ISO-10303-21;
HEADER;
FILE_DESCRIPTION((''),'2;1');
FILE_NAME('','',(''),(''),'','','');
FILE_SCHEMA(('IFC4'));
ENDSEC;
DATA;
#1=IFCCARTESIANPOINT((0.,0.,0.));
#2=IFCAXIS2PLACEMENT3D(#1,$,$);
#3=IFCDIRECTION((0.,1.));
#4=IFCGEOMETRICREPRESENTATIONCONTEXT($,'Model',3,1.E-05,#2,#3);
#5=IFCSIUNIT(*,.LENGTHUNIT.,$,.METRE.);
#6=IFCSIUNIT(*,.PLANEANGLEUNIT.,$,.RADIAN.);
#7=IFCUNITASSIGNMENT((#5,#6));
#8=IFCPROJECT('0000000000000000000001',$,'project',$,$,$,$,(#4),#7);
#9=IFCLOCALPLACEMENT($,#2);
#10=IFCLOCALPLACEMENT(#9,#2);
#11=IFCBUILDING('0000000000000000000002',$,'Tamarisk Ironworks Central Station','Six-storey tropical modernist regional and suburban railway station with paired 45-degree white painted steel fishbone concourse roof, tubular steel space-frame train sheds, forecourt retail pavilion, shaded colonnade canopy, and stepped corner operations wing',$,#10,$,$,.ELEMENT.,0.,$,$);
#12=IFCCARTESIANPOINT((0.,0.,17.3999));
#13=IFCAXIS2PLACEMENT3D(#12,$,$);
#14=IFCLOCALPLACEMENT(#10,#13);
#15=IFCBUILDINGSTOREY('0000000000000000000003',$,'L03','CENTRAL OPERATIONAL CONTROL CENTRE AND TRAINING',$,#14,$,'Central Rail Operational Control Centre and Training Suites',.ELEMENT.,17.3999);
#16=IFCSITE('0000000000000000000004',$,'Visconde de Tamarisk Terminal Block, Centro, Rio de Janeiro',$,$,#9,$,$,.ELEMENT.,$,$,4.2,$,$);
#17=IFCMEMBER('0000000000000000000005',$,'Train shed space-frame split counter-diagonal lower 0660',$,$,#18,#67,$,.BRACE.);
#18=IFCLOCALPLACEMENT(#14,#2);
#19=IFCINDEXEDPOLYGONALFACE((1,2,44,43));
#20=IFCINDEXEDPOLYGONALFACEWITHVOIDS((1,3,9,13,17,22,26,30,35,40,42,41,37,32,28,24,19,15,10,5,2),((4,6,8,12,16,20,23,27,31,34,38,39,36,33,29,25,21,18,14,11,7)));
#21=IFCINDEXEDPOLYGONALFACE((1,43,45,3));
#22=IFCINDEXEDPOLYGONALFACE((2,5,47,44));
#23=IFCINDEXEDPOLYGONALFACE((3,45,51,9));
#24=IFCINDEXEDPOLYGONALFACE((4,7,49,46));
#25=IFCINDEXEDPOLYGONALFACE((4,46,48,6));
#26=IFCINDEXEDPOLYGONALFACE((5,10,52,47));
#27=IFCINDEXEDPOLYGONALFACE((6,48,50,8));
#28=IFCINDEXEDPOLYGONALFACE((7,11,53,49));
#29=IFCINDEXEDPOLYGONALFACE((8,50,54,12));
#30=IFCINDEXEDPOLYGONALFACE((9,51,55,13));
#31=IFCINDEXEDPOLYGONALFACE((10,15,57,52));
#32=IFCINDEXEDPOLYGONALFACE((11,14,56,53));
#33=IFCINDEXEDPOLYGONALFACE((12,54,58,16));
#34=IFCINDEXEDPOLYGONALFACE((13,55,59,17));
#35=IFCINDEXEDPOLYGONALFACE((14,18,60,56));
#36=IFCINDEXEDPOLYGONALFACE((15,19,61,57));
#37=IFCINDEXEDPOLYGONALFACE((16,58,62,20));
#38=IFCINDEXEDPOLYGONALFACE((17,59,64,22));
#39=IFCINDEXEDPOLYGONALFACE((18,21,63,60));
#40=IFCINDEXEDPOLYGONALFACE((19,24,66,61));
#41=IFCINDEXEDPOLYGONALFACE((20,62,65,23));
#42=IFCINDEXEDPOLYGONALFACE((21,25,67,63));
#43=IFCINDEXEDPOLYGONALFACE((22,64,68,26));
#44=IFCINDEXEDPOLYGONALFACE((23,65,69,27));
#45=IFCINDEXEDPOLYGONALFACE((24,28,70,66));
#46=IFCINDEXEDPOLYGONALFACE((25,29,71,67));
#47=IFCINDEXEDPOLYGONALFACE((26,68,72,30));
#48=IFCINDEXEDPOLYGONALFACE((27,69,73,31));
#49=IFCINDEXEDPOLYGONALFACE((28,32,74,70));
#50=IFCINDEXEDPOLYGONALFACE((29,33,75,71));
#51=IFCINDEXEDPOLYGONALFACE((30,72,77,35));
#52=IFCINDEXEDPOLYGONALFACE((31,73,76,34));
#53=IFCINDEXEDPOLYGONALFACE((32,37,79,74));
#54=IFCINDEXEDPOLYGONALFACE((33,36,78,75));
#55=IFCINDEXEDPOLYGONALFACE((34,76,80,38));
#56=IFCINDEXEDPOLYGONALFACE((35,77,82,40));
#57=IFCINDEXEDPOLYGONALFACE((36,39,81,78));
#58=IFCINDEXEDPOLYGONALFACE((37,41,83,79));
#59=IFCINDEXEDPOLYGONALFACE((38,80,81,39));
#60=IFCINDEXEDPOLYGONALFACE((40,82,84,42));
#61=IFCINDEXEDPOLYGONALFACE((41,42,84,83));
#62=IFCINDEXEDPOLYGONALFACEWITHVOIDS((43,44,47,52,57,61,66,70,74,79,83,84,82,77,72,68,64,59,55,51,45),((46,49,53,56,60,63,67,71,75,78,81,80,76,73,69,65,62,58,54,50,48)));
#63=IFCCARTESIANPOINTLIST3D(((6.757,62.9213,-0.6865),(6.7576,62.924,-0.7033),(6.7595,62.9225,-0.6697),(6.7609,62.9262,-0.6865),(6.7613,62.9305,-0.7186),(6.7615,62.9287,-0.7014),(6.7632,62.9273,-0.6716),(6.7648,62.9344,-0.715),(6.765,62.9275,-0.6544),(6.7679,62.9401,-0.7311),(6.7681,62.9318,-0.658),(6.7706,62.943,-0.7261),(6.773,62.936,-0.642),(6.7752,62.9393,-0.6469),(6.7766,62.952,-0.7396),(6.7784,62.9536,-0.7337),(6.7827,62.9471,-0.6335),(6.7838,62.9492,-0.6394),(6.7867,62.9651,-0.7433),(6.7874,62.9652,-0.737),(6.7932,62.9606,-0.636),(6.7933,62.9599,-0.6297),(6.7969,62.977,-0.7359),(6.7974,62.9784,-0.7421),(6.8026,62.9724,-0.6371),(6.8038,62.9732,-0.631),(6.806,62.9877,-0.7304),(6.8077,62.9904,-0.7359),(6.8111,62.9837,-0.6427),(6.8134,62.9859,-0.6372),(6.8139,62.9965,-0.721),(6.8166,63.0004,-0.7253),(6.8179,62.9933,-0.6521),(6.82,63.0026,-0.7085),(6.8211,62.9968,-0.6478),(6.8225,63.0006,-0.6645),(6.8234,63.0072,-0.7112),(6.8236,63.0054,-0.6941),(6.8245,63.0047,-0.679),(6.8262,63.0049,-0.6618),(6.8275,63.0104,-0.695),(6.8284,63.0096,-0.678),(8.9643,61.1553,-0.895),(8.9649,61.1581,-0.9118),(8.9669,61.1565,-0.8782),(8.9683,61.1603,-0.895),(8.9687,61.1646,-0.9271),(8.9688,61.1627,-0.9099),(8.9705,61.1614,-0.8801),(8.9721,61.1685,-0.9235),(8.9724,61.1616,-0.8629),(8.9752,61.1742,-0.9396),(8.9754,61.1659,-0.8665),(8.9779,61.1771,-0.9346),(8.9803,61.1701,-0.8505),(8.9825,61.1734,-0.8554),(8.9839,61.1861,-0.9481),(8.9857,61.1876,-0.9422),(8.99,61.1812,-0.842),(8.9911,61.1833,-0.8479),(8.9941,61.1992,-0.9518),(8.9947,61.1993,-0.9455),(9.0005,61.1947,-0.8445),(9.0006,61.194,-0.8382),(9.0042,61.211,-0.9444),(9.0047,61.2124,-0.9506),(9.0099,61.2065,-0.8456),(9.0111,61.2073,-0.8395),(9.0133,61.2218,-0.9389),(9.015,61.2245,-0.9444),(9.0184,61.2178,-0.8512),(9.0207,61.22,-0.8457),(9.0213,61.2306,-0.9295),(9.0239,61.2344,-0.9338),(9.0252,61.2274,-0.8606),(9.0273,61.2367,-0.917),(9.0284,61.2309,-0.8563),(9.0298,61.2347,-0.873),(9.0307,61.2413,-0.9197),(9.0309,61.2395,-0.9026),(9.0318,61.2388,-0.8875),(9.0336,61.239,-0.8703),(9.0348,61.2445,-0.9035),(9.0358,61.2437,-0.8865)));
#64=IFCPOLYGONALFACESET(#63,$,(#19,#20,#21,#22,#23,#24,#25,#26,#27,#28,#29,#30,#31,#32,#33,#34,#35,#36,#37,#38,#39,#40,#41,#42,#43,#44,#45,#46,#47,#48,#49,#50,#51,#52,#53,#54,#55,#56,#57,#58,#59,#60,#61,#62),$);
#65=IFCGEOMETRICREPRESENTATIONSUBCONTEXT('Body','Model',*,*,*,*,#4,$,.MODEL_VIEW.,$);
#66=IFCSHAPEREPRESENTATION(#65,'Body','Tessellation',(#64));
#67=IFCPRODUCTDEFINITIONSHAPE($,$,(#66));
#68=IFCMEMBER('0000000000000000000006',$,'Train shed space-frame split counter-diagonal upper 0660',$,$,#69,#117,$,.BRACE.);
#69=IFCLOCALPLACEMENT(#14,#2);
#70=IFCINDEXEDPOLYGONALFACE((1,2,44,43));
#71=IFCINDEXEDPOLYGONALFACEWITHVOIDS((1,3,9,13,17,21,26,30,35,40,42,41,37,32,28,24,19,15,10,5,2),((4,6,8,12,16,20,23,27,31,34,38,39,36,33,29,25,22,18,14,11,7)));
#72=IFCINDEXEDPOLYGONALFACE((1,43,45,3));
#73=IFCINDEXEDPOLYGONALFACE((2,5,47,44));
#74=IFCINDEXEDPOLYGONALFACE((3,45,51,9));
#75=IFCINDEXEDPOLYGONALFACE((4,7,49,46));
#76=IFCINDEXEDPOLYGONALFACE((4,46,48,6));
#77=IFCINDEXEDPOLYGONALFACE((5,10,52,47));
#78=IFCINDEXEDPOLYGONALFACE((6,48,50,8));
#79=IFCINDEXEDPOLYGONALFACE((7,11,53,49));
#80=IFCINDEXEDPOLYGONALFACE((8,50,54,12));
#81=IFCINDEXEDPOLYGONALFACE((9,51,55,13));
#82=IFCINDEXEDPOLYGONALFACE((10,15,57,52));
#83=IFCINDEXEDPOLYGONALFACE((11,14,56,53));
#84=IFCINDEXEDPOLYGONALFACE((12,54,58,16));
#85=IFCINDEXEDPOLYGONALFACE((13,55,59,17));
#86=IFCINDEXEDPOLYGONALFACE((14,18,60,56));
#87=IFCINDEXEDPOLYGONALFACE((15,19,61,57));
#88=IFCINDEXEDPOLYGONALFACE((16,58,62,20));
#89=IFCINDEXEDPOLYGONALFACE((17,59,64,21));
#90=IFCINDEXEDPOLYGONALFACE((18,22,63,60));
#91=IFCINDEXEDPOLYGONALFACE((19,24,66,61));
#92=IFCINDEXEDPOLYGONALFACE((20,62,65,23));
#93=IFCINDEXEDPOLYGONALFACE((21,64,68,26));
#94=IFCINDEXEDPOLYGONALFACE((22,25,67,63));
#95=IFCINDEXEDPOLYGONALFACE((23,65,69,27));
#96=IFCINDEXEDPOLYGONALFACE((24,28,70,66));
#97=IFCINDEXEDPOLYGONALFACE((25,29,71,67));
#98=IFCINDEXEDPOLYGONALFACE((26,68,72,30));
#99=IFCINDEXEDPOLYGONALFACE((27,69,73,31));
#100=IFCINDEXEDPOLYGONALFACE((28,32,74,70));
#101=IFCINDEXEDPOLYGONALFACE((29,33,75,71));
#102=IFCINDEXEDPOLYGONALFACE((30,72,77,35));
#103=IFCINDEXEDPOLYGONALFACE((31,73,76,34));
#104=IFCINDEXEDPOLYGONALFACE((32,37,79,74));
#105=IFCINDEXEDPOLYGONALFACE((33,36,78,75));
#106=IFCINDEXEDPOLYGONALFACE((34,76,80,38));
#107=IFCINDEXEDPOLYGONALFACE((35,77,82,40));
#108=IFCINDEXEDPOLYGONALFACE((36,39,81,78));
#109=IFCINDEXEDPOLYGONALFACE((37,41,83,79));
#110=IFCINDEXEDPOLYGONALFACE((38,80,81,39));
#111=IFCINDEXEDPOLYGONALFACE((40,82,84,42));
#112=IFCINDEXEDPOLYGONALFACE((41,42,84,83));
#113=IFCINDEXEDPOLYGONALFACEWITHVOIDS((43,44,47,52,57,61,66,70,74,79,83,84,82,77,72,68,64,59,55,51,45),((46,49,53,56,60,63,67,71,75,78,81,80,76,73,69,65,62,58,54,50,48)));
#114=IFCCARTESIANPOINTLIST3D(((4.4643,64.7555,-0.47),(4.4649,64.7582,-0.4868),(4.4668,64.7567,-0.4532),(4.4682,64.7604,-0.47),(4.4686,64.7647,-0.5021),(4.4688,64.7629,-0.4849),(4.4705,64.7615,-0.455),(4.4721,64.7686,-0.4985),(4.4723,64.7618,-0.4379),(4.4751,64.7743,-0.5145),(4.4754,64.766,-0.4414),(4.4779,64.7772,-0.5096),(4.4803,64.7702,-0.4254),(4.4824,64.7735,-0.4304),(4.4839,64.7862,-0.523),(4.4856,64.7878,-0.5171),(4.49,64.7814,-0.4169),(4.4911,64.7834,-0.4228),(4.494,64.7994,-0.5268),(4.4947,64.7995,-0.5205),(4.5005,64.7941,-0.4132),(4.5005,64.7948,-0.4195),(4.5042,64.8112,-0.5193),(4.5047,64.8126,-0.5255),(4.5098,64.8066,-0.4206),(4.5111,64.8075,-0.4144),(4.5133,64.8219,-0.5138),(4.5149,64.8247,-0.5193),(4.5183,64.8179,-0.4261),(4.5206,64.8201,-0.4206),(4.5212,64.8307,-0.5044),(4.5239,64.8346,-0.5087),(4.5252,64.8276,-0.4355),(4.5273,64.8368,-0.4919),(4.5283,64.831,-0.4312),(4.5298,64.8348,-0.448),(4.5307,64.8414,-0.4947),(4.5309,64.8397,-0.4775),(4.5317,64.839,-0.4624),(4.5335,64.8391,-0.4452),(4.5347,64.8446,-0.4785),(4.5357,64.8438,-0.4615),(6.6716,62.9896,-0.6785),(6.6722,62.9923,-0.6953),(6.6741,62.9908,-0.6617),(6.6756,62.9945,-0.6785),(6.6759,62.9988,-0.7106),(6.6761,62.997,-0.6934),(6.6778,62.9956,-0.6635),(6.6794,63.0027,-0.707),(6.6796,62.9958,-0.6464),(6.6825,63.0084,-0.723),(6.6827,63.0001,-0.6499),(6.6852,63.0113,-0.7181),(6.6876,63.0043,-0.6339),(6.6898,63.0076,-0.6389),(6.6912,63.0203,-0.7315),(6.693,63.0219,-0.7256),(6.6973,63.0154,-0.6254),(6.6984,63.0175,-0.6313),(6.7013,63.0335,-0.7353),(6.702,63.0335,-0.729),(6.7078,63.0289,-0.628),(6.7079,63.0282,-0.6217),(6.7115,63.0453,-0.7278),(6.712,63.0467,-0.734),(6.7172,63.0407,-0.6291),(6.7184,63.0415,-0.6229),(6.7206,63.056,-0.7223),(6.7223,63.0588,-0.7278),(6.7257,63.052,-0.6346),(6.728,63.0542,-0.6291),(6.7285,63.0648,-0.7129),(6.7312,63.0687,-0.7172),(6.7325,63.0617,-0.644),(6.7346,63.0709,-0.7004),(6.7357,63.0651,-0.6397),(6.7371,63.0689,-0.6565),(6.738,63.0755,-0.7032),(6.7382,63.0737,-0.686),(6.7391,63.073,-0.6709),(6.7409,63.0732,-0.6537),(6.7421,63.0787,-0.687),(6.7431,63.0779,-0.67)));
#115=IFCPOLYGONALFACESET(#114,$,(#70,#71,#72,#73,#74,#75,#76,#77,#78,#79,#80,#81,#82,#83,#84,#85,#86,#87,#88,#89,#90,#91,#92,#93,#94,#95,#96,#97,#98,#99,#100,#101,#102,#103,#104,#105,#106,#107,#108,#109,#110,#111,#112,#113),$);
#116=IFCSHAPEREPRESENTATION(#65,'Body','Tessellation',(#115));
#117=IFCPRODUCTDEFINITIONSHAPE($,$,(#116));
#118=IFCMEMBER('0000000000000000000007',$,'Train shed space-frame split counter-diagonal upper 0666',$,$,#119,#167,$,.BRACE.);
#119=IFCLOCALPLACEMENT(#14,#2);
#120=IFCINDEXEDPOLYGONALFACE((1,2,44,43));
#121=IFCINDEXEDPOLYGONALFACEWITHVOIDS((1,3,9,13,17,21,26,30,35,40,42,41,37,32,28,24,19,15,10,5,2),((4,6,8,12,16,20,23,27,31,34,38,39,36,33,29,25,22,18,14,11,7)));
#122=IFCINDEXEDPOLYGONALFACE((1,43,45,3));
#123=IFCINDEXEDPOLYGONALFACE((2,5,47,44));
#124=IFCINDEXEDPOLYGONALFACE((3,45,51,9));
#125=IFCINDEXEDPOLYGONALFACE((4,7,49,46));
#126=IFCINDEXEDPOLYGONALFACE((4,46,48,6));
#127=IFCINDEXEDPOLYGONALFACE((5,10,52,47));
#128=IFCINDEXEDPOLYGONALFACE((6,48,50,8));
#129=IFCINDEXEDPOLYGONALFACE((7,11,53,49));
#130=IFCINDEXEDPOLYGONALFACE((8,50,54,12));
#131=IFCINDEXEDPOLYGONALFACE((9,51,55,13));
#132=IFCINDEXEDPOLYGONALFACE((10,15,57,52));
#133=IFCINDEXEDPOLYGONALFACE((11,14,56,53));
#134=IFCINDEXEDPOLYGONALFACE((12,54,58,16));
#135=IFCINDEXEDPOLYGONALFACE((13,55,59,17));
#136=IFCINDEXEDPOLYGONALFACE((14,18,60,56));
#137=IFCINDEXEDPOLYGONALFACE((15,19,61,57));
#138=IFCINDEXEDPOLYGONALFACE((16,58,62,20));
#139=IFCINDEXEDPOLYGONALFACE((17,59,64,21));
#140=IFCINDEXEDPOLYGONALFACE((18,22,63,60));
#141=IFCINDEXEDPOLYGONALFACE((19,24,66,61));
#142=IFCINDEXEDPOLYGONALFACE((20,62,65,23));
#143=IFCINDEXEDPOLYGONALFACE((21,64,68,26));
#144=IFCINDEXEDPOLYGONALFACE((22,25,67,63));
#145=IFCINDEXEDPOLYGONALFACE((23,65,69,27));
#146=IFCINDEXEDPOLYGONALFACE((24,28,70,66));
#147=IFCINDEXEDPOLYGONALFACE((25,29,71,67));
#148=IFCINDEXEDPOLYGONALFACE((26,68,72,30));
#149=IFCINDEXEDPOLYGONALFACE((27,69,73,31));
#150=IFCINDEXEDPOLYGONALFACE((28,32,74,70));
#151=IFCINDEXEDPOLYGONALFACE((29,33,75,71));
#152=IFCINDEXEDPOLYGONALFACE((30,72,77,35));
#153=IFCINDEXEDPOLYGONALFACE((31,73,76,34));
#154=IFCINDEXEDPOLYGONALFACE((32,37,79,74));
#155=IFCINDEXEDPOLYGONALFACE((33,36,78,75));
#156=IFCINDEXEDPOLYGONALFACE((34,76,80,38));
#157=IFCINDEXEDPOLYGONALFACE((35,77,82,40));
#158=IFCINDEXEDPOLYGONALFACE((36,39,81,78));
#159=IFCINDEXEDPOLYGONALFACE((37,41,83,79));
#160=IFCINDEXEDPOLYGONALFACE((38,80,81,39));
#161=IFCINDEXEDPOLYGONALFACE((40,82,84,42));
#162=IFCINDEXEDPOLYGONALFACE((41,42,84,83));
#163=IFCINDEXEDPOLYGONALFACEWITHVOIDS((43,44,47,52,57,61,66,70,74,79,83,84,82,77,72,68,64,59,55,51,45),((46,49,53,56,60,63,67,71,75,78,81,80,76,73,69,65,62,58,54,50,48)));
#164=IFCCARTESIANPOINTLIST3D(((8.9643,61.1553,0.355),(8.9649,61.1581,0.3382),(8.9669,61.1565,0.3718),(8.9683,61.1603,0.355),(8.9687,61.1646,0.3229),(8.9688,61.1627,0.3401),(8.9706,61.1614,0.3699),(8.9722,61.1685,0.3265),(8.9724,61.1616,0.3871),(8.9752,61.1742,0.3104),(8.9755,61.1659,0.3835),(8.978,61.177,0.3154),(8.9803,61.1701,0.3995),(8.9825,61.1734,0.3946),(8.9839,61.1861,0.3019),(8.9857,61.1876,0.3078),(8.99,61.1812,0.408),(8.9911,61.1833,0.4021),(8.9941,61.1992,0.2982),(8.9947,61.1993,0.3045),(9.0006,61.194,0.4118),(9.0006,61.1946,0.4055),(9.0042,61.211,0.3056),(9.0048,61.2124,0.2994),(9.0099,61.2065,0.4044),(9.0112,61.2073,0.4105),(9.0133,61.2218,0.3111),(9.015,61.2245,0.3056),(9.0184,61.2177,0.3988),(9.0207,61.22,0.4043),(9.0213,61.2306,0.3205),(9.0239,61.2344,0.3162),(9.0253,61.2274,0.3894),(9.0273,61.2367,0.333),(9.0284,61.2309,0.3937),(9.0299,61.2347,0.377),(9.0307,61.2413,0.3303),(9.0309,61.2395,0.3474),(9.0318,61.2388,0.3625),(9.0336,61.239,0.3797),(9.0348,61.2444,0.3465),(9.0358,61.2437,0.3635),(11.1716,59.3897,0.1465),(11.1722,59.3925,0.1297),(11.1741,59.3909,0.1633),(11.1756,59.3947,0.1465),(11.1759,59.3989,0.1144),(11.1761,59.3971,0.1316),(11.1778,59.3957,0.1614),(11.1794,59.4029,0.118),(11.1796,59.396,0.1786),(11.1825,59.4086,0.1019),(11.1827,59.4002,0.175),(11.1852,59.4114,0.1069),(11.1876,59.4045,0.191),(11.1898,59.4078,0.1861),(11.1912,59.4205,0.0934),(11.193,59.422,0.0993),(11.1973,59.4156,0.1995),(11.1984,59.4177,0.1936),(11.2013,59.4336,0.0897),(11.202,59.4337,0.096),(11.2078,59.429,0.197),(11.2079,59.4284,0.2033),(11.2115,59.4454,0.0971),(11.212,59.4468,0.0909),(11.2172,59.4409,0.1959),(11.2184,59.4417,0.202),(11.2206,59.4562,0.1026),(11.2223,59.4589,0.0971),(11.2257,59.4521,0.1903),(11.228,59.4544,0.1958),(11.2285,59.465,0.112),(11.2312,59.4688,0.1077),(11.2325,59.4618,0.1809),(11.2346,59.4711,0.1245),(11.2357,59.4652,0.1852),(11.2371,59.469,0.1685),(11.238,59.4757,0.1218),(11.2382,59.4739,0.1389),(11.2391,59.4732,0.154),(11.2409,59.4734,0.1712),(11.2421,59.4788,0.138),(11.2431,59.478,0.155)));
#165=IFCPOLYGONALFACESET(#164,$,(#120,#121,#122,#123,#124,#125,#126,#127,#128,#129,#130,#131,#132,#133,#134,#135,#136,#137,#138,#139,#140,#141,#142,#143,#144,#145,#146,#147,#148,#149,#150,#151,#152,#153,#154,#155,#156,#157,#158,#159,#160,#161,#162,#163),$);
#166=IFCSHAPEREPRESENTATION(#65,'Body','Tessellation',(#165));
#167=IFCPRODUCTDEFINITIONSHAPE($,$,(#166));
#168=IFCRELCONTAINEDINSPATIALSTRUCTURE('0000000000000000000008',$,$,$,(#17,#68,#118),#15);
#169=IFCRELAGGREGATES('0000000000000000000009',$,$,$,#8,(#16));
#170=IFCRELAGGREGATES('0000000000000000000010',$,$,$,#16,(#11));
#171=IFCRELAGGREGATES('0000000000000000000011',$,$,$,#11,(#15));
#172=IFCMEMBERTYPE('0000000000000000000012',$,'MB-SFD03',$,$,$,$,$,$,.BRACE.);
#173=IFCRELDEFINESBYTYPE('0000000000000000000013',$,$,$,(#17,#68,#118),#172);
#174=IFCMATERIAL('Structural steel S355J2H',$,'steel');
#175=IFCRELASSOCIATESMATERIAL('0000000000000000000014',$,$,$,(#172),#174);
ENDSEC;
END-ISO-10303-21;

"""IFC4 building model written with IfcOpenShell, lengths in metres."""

from ifc_helpers import new_model, si_unit, direction, frame, origin, origin_2d, place, context, subcontext, project, spatial, hollow_circle, extrude, material, material_profile, profile_set, type_object, element, save


model = new_model("IFC4")

# Units and contexts
model_context = context("Model", 3, precision=1e-05, world=origin(), true_north=direction((0.0, 1.0)))
body_context = subcontext(model_context, "Body", "Model", "MODEL_VIEW")
ifc_project = project(units=[si_unit("LENGTHUNIT", "METRE"), si_unit("PLANEANGLEUNIT", "RADIAN")], contexts=[model_context])

# Site, building, storey
site_placement = place(None, origin())
site = spatial("IfcSite", under=ifc_project, at=site_placement, Name="Visconde de Tamarisk Terminal Block, Centro, Rio de Janeiro", CompositionType="ELEMENT", RefElevation=4.2)
building_placement = place(site_placement, origin())
building = spatial("IfcBuilding", under=site, at=building_placement, Name="Tamarisk Ironworks Central Station", Description="Six-storey tropical modernist regional and suburban railway station with paired 45-degree white painted steel fishbone concourse roof, tubular steel space-frame train sheds, forecourt retail pavilion, shaded colonnade canopy, and stepped corner operations wing", CompositionType="ELEMENT", ElevationOfRefHeight=0.0)
storey_placement = place(building_placement, frame((0.0, 0.0, 17.3999)))
storey = spatial("IfcBuildingStorey", under=building, at=storey_placement, Name="L03", Description="CENTRAL OPERATIONAL CONTROL CENTRE AND TRAINING", LongName="Central Rail Operational Control Centre and Training Suites", CompositionType="ELEMENT", Elevation=17.3999)

# Members
ifc_material_1 = material(Name="Structural steel S355J2H", Category="steel")
ifc_material_profile_1 = material_profile(ifc_material_1, hollow_circle(Radius=0.0571, WallThickness=0.0063, at=origin_2d()), Name="CHS 114.3x6.3")
ifc_profile_set_1 = profile_set([ifc_material_profile_1], Name="Structural steel S355J2H")
member_type_1 = type_object("IfcMemberType", Name="MB-SFD03", PredefinedType="BRACE", material=ifc_profile_set_1)
for number, where, z_axis, x_axis, name in (
    (1, (9.0, 61.2, -0.895), (-0.778745, 0.623013, 0.073559), (-0.624706, -0.78086, 0.0), "Train shed space-frame split counter-diagonal lower 0660"),
    (2, (6.7073, 63.0342, -0.6785), (-0.778745, 0.623013, 0.073559), (-0.624706, -0.78086, 0.0), "Train shed space-frame split counter-diagonal upper 0660"),
):
    element("IfcMember", number, at=place(storey_placement, frame(where, z_axis=z_axis, x_axis=x_axis)), inside=storey, type_object=member_type_1, Name=name, PredefinedType="BRACE", context=body_context, shape_type="SweptSolid", body=[
        extrude(hollow_circle(Radius=0.0571, WallThickness=0.0063, at=origin_2d()), origin(), (0.0, 0.0, 1.0), 2.8345),
    ])
member_1_placement = place(storey_placement, frame((11.2073, 59.4343, 0.1465), z_axis=(-0.778787, 0.62296, 0.073563), x_axis=(-0.624653, -0.780903, 0.0)))
element("IfcMember", 3, at=member_1_placement, inside=storey, type_object=member_type_1, Name="Train shed space-frame split counter-diagonal upper 0666", PredefinedType="BRACE", context=body_context, shape_type="SweptSolid", body=[
    extrude(hollow_circle(Radius=0.0571, WallThickness=0.0063, at=origin_2d()), origin(), (0.0, 0.0, 1.0), 2.8342),
])

save(model, "model.ifc")
